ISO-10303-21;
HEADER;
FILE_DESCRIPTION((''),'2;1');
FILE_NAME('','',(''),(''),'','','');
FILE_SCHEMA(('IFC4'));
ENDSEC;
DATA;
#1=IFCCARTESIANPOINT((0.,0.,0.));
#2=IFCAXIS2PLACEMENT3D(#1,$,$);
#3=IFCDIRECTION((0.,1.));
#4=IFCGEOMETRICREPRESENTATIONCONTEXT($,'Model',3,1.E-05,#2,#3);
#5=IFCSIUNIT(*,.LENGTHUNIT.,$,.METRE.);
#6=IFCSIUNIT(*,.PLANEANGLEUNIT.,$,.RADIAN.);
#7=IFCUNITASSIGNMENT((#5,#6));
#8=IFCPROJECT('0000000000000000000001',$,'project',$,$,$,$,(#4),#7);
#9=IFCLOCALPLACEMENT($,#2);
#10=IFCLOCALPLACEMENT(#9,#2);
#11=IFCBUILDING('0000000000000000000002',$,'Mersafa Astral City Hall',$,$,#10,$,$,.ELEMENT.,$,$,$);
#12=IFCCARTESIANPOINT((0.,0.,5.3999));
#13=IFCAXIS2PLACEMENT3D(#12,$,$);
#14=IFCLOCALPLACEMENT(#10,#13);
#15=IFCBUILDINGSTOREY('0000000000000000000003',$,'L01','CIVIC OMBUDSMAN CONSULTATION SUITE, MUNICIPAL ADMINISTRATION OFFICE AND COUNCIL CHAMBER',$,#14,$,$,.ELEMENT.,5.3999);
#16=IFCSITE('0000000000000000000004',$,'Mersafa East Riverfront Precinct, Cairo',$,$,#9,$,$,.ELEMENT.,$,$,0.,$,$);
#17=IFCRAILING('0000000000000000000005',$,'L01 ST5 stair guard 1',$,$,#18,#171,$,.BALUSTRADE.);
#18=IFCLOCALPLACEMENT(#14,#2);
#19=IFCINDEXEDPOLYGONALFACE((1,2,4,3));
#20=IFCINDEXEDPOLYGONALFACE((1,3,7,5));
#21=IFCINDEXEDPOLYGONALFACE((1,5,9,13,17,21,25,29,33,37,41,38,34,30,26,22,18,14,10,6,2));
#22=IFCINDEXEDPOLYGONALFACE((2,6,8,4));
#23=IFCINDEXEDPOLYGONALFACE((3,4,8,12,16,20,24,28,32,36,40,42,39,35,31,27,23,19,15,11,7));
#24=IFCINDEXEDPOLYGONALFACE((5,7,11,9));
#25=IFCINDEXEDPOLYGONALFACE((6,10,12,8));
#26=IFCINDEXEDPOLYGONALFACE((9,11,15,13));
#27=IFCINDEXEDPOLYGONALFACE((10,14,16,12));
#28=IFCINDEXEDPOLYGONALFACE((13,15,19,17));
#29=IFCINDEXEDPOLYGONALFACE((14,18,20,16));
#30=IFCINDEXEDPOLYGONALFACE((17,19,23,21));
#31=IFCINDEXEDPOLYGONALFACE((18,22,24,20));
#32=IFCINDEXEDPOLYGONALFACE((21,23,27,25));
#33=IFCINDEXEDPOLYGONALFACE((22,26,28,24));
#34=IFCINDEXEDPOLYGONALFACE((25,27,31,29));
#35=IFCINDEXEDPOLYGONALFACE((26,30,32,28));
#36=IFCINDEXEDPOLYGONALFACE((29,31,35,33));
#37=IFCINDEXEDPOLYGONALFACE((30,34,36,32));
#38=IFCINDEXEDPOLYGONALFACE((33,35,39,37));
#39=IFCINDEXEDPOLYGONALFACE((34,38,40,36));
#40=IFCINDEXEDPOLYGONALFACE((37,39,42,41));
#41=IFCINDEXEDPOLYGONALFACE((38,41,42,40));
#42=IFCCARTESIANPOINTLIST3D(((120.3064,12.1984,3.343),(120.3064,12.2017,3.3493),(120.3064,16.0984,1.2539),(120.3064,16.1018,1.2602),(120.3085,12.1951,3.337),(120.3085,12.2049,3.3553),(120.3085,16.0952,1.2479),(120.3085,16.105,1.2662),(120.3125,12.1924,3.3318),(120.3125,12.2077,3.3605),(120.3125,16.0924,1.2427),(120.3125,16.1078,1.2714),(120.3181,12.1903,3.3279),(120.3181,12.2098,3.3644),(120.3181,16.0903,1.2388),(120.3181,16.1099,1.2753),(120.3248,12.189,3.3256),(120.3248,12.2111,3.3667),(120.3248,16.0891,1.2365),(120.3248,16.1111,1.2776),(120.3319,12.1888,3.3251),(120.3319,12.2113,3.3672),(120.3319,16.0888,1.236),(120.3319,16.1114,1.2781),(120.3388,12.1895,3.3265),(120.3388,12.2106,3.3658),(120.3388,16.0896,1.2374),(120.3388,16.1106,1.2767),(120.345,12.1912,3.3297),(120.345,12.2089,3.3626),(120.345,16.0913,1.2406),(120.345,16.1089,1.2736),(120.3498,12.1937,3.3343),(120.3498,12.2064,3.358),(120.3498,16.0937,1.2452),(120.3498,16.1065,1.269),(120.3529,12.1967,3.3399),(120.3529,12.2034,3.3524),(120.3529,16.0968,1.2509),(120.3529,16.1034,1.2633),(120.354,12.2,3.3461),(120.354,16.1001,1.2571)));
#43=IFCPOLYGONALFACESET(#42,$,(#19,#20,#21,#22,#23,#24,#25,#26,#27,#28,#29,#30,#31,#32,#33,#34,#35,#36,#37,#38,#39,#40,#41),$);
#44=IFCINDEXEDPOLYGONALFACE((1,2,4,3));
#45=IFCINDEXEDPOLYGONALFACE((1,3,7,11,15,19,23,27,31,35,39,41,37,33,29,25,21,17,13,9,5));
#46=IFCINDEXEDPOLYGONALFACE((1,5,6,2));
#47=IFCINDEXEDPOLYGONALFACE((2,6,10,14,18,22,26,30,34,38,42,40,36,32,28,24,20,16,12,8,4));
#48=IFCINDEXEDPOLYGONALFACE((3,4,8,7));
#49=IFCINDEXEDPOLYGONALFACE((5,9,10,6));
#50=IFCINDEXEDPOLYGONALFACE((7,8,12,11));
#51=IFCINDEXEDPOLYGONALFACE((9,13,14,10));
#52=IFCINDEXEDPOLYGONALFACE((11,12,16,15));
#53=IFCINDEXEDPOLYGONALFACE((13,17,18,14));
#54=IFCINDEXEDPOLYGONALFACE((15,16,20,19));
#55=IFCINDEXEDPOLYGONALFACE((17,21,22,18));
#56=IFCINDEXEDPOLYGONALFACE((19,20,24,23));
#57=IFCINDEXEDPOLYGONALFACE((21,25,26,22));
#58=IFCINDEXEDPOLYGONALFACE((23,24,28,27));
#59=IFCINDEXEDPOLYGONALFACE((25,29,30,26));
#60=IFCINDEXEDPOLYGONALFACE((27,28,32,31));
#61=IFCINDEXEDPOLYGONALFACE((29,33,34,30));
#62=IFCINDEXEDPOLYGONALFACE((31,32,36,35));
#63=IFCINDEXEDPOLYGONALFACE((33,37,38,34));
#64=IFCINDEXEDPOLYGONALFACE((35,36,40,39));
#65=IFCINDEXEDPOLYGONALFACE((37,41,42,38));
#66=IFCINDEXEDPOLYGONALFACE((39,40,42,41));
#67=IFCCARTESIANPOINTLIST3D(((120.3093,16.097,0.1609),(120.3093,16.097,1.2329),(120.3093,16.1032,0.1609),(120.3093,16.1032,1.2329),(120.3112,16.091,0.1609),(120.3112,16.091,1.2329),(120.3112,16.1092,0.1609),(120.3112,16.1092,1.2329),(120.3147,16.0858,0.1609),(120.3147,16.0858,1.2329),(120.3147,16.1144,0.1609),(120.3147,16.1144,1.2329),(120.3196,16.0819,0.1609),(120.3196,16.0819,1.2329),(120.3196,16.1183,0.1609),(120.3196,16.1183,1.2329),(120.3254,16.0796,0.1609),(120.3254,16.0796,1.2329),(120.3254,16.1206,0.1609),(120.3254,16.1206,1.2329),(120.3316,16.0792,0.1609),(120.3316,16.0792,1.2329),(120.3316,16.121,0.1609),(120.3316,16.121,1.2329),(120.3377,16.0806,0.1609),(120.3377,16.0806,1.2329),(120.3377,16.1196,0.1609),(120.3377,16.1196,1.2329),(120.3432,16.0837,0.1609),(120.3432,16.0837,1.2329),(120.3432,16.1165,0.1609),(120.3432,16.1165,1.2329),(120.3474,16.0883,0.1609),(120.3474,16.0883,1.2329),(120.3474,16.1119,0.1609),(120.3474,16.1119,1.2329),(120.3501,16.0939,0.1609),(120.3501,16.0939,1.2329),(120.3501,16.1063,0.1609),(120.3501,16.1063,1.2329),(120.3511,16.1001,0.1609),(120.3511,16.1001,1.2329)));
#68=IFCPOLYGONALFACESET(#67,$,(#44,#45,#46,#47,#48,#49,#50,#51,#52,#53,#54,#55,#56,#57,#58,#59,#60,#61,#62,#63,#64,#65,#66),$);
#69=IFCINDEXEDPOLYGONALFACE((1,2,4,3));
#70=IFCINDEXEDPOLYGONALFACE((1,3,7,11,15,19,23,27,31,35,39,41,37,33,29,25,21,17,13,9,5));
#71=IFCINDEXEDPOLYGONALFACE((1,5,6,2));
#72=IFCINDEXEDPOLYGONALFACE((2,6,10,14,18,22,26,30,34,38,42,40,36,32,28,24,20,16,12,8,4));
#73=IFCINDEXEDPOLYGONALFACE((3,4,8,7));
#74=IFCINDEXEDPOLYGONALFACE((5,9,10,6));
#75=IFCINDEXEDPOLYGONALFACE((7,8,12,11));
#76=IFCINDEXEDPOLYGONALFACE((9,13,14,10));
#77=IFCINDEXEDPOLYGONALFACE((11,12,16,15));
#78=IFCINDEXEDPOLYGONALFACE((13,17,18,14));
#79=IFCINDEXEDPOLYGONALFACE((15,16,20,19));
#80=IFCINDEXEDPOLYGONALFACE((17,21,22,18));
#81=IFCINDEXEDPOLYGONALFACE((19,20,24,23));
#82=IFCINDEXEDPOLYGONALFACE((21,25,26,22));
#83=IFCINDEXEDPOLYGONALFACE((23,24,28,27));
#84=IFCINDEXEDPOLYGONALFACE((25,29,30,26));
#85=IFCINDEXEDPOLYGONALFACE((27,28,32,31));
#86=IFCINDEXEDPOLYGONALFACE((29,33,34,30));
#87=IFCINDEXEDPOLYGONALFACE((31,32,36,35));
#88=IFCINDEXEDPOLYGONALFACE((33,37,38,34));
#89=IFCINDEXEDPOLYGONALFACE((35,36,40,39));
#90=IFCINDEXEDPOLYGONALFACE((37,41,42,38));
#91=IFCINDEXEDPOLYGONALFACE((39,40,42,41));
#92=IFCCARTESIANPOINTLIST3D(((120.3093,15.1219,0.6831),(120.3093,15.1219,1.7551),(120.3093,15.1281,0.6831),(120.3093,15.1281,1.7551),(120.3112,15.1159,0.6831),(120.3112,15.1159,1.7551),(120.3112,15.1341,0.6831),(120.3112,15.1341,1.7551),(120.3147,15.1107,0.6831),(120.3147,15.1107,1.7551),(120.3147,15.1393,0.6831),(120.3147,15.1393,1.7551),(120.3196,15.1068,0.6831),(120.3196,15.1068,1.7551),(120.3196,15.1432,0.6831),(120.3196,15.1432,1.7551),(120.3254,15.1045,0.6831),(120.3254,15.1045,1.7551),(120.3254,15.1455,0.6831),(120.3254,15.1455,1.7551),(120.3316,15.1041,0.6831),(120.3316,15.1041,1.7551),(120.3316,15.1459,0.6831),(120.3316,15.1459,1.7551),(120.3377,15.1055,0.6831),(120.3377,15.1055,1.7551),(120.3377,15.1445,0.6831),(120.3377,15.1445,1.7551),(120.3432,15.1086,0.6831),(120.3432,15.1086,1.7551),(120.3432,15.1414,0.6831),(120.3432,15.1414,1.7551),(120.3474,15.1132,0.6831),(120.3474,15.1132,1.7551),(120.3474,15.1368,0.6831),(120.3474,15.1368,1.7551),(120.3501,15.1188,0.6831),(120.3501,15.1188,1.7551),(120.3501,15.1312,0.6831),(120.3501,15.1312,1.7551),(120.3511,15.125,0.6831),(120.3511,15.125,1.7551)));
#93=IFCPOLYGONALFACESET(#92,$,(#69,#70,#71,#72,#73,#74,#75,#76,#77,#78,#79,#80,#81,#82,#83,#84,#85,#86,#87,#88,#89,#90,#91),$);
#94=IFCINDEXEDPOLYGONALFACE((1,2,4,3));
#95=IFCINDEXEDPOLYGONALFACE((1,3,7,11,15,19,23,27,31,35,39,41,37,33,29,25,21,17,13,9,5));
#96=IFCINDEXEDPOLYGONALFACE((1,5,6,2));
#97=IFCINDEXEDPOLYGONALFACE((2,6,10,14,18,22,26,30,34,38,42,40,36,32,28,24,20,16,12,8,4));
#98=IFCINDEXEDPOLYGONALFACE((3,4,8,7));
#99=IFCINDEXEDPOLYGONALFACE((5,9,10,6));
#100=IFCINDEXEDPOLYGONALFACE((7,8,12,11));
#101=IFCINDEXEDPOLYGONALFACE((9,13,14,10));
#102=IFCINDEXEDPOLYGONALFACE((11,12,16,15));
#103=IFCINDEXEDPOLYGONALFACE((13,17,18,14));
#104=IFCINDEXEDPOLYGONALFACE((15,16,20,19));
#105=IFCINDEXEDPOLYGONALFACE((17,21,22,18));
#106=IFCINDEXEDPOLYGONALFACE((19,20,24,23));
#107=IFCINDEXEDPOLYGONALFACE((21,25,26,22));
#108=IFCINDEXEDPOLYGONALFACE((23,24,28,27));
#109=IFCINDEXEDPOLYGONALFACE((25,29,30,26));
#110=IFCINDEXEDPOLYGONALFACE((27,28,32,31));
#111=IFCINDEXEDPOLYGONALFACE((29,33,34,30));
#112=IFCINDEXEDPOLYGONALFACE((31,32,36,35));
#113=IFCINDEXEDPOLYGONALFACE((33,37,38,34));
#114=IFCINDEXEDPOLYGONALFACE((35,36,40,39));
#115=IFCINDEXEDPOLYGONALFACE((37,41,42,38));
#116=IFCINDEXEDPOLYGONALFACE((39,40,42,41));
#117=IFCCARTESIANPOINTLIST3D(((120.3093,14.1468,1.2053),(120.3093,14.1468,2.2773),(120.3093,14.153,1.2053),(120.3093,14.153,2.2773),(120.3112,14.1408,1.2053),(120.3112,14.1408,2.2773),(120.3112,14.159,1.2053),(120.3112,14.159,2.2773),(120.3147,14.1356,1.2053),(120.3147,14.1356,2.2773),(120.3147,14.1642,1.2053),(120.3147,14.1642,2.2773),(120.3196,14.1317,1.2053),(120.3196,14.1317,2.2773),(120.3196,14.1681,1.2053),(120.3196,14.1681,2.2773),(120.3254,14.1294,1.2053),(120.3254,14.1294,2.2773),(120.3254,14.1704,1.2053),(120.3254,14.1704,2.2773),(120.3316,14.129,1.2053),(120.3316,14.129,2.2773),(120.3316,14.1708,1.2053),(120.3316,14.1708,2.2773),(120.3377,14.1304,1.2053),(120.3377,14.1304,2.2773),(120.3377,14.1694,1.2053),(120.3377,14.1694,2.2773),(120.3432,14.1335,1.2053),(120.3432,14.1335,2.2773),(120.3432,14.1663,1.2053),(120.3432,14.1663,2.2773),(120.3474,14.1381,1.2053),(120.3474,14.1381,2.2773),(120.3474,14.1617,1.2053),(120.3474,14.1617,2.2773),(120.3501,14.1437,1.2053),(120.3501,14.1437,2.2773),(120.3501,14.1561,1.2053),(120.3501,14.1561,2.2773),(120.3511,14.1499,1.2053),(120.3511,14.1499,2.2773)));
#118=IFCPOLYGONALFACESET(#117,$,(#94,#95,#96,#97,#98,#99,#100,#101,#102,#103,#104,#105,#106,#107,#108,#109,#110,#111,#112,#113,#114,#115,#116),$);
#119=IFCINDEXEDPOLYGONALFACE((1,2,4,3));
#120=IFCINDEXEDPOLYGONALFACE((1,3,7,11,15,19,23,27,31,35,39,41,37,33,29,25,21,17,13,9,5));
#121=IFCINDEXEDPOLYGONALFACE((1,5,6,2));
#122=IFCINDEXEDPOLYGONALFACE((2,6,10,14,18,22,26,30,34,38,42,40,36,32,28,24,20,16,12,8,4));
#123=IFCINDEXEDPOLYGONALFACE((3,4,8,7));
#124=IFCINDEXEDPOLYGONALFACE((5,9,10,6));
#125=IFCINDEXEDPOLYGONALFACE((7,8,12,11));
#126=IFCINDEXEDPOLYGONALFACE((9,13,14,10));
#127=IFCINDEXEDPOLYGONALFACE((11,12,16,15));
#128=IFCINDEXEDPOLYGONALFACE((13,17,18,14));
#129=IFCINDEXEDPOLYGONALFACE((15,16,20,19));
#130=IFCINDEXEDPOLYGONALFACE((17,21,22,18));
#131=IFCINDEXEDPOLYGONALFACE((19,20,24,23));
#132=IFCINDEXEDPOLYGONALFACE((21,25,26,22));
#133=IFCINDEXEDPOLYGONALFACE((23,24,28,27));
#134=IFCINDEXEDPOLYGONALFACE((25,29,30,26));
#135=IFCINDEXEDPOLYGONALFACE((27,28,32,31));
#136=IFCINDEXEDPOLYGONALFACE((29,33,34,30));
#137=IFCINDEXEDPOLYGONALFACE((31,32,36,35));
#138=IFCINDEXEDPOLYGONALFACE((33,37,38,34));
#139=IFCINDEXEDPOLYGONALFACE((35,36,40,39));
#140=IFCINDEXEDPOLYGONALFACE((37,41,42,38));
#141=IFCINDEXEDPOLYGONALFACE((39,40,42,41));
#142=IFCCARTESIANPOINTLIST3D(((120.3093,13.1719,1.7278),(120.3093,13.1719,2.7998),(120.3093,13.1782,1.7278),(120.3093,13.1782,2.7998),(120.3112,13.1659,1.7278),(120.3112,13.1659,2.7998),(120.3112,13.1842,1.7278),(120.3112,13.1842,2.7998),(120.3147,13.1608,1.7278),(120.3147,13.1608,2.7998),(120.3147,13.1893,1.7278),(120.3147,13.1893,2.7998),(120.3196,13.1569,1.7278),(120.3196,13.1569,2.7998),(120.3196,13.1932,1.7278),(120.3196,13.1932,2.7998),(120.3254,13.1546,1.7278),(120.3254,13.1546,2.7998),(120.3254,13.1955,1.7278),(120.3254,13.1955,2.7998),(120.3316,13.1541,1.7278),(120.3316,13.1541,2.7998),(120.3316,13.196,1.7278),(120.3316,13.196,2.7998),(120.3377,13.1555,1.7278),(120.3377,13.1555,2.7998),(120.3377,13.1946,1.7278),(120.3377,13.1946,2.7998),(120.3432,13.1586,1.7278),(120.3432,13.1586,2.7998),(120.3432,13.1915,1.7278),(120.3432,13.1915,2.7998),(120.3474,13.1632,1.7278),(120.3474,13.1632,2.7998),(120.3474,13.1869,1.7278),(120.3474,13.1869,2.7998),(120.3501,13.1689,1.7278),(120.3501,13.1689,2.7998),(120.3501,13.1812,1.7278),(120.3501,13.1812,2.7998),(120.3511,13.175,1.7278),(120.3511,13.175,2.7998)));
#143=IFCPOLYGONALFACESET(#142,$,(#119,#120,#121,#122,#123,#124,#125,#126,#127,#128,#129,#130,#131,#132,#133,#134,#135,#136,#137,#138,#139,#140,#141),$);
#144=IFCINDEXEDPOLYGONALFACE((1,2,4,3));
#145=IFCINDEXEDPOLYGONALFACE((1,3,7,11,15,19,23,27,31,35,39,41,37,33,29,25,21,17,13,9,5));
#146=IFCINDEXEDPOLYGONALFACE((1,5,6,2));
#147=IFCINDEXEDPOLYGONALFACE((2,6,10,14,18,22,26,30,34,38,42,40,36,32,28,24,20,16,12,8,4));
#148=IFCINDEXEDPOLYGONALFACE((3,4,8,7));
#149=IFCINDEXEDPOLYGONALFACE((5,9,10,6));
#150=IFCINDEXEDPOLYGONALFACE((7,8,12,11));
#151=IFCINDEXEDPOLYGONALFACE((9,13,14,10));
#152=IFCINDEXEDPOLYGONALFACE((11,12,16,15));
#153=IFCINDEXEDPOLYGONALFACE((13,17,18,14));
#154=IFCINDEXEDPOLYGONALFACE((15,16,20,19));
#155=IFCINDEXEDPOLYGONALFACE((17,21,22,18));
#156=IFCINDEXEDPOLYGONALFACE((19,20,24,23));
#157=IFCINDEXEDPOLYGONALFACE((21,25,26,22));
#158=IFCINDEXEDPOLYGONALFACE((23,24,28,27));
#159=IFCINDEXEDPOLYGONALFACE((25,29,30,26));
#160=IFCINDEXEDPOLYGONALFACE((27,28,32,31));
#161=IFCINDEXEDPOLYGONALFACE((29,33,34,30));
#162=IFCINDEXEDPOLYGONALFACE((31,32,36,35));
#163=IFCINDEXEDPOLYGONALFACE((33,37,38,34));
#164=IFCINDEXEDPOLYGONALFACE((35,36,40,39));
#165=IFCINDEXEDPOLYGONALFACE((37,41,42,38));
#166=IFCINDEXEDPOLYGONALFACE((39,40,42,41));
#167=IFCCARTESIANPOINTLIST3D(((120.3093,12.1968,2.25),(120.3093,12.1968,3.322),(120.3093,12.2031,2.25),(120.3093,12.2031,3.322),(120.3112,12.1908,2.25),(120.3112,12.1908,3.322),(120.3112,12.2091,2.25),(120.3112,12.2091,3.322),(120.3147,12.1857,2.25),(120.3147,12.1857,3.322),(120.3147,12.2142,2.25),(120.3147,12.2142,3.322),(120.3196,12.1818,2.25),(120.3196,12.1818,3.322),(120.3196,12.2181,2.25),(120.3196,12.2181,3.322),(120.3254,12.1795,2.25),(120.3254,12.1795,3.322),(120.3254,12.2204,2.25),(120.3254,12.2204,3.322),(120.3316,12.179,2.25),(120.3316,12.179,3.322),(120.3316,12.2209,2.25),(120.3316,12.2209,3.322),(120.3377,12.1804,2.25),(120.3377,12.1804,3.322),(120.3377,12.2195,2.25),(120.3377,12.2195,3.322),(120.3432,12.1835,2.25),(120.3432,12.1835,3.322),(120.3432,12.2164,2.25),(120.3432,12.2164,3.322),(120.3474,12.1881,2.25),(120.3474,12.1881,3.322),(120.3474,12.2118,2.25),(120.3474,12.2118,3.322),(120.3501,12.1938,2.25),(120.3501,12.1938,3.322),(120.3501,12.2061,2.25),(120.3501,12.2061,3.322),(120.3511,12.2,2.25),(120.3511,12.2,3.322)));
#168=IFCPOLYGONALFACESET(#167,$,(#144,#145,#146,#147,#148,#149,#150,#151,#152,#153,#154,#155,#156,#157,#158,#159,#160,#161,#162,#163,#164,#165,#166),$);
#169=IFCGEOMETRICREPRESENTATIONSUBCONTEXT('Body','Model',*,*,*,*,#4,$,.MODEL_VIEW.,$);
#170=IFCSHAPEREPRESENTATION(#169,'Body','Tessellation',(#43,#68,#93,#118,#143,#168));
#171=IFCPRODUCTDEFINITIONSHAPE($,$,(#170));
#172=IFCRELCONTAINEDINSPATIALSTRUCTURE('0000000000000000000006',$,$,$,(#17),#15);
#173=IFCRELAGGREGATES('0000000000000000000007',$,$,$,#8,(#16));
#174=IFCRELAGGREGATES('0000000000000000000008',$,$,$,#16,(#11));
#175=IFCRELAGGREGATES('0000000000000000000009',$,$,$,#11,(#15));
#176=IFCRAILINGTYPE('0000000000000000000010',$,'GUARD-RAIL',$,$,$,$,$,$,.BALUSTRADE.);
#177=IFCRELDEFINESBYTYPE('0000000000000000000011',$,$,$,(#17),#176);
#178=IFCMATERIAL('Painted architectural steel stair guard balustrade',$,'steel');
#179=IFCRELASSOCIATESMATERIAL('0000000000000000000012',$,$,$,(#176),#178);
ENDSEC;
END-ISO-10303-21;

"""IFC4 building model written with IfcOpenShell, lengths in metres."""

from ifc_helpers import new_model, si_unit, direction, frame, origin, origin_2d, place, context, subcontext, project, spatial, circle, extrude, material, type_object, element, save


model = new_model("IFC4")

# Units and contexts
model_context = context("Model", 3, precision=1e-05, world=origin(), true_north=direction((0.0, 1.0)))
body_context = subcontext(model_context, "Body", "Model", "MODEL_VIEW")
ifc_project = project(units=[si_unit("LENGTHUNIT", "METRE"), si_unit("PLANEANGLEUNIT", "RADIAN")], contexts=[model_context])

# Site, building, storey
site_placement = place(None, origin())
site = spatial("IfcSite", under=ifc_project, at=site_placement, Name="Mersafa East Riverfront Precinct, Cairo", CompositionType="ELEMENT", RefElevation=0.0)
building_placement = place(site_placement, origin())
building = spatial("IfcBuilding", under=site, at=building_placement, Name="Mersafa Astral City Hall", CompositionType="ELEMENT")
storey_placement = place(building_placement, frame((0.0, 0.0, 5.3999)))
storey = spatial("IfcBuildingStorey", under=building, at=storey_placement, Name="L01", Description="CIVIC OMBUDSMAN CONSULTATION SUITE, MUNICIPAL ADMINISTRATION OFFICE AND COUNCIL CHAMBER", CompositionType="ELEMENT", Elevation=5.3999)

# Railing
ifc_material_1 = material(Name="Painted architectural steel stair guard balustrade", Category="steel")
railing_type_1 = type_object("IfcRailingType", Name="GUARD-RAIL", PredefinedType="BALUSTRADE", material=ifc_material_1)
railing_1_placement = place(storey_placement, frame((120.3301, 16.1001, 0.1609)))
element("IfcRailing", 1, at=railing_1_placement, inside=storey, type_object=railing_type_1, Name="L01 ST5 stair guard 1", PredefinedType="BALUSTRADE", context=body_context, shape_type="SweptSolid", body=[
    extrude(circle(Radius=0.0239, at=origin_2d()), frame((0.0, 0.0, 1.0962), z_axis=(0.0, -0.881504, 0.472177), x_axis=(1.0, 0.0, 0.0)), (0.0, 0.0, 1.0), 4.4243),
    extrude(circle(Radius=0.021, at=origin_2d()), origin(), (0.0, 0.0, 1.0), 1.072),
    extrude(circle(Radius=0.021, at=origin_2d()), frame((0.0, -0.9751, 0.5222)), (0.0, 0.0, 1.0), 1.072),
    extrude(circle(Radius=0.021, at=origin_2d()), frame((0.0, -1.9502, 1.0444)), (0.0, 0.0, 1.0), 1.072),
    extrude(circle(Radius=0.021, at=origin_2d()), frame((0.0, -2.925, 1.5669)), (0.0, 0.0, 1.0), 1.072),
    extrude(circle(Radius=0.021, at=origin_2d()), frame((0.0, -3.9001, 2.0891)), (0.0, 0.0, 1.0), 1.072),
])

save(model, "model.ifc")
